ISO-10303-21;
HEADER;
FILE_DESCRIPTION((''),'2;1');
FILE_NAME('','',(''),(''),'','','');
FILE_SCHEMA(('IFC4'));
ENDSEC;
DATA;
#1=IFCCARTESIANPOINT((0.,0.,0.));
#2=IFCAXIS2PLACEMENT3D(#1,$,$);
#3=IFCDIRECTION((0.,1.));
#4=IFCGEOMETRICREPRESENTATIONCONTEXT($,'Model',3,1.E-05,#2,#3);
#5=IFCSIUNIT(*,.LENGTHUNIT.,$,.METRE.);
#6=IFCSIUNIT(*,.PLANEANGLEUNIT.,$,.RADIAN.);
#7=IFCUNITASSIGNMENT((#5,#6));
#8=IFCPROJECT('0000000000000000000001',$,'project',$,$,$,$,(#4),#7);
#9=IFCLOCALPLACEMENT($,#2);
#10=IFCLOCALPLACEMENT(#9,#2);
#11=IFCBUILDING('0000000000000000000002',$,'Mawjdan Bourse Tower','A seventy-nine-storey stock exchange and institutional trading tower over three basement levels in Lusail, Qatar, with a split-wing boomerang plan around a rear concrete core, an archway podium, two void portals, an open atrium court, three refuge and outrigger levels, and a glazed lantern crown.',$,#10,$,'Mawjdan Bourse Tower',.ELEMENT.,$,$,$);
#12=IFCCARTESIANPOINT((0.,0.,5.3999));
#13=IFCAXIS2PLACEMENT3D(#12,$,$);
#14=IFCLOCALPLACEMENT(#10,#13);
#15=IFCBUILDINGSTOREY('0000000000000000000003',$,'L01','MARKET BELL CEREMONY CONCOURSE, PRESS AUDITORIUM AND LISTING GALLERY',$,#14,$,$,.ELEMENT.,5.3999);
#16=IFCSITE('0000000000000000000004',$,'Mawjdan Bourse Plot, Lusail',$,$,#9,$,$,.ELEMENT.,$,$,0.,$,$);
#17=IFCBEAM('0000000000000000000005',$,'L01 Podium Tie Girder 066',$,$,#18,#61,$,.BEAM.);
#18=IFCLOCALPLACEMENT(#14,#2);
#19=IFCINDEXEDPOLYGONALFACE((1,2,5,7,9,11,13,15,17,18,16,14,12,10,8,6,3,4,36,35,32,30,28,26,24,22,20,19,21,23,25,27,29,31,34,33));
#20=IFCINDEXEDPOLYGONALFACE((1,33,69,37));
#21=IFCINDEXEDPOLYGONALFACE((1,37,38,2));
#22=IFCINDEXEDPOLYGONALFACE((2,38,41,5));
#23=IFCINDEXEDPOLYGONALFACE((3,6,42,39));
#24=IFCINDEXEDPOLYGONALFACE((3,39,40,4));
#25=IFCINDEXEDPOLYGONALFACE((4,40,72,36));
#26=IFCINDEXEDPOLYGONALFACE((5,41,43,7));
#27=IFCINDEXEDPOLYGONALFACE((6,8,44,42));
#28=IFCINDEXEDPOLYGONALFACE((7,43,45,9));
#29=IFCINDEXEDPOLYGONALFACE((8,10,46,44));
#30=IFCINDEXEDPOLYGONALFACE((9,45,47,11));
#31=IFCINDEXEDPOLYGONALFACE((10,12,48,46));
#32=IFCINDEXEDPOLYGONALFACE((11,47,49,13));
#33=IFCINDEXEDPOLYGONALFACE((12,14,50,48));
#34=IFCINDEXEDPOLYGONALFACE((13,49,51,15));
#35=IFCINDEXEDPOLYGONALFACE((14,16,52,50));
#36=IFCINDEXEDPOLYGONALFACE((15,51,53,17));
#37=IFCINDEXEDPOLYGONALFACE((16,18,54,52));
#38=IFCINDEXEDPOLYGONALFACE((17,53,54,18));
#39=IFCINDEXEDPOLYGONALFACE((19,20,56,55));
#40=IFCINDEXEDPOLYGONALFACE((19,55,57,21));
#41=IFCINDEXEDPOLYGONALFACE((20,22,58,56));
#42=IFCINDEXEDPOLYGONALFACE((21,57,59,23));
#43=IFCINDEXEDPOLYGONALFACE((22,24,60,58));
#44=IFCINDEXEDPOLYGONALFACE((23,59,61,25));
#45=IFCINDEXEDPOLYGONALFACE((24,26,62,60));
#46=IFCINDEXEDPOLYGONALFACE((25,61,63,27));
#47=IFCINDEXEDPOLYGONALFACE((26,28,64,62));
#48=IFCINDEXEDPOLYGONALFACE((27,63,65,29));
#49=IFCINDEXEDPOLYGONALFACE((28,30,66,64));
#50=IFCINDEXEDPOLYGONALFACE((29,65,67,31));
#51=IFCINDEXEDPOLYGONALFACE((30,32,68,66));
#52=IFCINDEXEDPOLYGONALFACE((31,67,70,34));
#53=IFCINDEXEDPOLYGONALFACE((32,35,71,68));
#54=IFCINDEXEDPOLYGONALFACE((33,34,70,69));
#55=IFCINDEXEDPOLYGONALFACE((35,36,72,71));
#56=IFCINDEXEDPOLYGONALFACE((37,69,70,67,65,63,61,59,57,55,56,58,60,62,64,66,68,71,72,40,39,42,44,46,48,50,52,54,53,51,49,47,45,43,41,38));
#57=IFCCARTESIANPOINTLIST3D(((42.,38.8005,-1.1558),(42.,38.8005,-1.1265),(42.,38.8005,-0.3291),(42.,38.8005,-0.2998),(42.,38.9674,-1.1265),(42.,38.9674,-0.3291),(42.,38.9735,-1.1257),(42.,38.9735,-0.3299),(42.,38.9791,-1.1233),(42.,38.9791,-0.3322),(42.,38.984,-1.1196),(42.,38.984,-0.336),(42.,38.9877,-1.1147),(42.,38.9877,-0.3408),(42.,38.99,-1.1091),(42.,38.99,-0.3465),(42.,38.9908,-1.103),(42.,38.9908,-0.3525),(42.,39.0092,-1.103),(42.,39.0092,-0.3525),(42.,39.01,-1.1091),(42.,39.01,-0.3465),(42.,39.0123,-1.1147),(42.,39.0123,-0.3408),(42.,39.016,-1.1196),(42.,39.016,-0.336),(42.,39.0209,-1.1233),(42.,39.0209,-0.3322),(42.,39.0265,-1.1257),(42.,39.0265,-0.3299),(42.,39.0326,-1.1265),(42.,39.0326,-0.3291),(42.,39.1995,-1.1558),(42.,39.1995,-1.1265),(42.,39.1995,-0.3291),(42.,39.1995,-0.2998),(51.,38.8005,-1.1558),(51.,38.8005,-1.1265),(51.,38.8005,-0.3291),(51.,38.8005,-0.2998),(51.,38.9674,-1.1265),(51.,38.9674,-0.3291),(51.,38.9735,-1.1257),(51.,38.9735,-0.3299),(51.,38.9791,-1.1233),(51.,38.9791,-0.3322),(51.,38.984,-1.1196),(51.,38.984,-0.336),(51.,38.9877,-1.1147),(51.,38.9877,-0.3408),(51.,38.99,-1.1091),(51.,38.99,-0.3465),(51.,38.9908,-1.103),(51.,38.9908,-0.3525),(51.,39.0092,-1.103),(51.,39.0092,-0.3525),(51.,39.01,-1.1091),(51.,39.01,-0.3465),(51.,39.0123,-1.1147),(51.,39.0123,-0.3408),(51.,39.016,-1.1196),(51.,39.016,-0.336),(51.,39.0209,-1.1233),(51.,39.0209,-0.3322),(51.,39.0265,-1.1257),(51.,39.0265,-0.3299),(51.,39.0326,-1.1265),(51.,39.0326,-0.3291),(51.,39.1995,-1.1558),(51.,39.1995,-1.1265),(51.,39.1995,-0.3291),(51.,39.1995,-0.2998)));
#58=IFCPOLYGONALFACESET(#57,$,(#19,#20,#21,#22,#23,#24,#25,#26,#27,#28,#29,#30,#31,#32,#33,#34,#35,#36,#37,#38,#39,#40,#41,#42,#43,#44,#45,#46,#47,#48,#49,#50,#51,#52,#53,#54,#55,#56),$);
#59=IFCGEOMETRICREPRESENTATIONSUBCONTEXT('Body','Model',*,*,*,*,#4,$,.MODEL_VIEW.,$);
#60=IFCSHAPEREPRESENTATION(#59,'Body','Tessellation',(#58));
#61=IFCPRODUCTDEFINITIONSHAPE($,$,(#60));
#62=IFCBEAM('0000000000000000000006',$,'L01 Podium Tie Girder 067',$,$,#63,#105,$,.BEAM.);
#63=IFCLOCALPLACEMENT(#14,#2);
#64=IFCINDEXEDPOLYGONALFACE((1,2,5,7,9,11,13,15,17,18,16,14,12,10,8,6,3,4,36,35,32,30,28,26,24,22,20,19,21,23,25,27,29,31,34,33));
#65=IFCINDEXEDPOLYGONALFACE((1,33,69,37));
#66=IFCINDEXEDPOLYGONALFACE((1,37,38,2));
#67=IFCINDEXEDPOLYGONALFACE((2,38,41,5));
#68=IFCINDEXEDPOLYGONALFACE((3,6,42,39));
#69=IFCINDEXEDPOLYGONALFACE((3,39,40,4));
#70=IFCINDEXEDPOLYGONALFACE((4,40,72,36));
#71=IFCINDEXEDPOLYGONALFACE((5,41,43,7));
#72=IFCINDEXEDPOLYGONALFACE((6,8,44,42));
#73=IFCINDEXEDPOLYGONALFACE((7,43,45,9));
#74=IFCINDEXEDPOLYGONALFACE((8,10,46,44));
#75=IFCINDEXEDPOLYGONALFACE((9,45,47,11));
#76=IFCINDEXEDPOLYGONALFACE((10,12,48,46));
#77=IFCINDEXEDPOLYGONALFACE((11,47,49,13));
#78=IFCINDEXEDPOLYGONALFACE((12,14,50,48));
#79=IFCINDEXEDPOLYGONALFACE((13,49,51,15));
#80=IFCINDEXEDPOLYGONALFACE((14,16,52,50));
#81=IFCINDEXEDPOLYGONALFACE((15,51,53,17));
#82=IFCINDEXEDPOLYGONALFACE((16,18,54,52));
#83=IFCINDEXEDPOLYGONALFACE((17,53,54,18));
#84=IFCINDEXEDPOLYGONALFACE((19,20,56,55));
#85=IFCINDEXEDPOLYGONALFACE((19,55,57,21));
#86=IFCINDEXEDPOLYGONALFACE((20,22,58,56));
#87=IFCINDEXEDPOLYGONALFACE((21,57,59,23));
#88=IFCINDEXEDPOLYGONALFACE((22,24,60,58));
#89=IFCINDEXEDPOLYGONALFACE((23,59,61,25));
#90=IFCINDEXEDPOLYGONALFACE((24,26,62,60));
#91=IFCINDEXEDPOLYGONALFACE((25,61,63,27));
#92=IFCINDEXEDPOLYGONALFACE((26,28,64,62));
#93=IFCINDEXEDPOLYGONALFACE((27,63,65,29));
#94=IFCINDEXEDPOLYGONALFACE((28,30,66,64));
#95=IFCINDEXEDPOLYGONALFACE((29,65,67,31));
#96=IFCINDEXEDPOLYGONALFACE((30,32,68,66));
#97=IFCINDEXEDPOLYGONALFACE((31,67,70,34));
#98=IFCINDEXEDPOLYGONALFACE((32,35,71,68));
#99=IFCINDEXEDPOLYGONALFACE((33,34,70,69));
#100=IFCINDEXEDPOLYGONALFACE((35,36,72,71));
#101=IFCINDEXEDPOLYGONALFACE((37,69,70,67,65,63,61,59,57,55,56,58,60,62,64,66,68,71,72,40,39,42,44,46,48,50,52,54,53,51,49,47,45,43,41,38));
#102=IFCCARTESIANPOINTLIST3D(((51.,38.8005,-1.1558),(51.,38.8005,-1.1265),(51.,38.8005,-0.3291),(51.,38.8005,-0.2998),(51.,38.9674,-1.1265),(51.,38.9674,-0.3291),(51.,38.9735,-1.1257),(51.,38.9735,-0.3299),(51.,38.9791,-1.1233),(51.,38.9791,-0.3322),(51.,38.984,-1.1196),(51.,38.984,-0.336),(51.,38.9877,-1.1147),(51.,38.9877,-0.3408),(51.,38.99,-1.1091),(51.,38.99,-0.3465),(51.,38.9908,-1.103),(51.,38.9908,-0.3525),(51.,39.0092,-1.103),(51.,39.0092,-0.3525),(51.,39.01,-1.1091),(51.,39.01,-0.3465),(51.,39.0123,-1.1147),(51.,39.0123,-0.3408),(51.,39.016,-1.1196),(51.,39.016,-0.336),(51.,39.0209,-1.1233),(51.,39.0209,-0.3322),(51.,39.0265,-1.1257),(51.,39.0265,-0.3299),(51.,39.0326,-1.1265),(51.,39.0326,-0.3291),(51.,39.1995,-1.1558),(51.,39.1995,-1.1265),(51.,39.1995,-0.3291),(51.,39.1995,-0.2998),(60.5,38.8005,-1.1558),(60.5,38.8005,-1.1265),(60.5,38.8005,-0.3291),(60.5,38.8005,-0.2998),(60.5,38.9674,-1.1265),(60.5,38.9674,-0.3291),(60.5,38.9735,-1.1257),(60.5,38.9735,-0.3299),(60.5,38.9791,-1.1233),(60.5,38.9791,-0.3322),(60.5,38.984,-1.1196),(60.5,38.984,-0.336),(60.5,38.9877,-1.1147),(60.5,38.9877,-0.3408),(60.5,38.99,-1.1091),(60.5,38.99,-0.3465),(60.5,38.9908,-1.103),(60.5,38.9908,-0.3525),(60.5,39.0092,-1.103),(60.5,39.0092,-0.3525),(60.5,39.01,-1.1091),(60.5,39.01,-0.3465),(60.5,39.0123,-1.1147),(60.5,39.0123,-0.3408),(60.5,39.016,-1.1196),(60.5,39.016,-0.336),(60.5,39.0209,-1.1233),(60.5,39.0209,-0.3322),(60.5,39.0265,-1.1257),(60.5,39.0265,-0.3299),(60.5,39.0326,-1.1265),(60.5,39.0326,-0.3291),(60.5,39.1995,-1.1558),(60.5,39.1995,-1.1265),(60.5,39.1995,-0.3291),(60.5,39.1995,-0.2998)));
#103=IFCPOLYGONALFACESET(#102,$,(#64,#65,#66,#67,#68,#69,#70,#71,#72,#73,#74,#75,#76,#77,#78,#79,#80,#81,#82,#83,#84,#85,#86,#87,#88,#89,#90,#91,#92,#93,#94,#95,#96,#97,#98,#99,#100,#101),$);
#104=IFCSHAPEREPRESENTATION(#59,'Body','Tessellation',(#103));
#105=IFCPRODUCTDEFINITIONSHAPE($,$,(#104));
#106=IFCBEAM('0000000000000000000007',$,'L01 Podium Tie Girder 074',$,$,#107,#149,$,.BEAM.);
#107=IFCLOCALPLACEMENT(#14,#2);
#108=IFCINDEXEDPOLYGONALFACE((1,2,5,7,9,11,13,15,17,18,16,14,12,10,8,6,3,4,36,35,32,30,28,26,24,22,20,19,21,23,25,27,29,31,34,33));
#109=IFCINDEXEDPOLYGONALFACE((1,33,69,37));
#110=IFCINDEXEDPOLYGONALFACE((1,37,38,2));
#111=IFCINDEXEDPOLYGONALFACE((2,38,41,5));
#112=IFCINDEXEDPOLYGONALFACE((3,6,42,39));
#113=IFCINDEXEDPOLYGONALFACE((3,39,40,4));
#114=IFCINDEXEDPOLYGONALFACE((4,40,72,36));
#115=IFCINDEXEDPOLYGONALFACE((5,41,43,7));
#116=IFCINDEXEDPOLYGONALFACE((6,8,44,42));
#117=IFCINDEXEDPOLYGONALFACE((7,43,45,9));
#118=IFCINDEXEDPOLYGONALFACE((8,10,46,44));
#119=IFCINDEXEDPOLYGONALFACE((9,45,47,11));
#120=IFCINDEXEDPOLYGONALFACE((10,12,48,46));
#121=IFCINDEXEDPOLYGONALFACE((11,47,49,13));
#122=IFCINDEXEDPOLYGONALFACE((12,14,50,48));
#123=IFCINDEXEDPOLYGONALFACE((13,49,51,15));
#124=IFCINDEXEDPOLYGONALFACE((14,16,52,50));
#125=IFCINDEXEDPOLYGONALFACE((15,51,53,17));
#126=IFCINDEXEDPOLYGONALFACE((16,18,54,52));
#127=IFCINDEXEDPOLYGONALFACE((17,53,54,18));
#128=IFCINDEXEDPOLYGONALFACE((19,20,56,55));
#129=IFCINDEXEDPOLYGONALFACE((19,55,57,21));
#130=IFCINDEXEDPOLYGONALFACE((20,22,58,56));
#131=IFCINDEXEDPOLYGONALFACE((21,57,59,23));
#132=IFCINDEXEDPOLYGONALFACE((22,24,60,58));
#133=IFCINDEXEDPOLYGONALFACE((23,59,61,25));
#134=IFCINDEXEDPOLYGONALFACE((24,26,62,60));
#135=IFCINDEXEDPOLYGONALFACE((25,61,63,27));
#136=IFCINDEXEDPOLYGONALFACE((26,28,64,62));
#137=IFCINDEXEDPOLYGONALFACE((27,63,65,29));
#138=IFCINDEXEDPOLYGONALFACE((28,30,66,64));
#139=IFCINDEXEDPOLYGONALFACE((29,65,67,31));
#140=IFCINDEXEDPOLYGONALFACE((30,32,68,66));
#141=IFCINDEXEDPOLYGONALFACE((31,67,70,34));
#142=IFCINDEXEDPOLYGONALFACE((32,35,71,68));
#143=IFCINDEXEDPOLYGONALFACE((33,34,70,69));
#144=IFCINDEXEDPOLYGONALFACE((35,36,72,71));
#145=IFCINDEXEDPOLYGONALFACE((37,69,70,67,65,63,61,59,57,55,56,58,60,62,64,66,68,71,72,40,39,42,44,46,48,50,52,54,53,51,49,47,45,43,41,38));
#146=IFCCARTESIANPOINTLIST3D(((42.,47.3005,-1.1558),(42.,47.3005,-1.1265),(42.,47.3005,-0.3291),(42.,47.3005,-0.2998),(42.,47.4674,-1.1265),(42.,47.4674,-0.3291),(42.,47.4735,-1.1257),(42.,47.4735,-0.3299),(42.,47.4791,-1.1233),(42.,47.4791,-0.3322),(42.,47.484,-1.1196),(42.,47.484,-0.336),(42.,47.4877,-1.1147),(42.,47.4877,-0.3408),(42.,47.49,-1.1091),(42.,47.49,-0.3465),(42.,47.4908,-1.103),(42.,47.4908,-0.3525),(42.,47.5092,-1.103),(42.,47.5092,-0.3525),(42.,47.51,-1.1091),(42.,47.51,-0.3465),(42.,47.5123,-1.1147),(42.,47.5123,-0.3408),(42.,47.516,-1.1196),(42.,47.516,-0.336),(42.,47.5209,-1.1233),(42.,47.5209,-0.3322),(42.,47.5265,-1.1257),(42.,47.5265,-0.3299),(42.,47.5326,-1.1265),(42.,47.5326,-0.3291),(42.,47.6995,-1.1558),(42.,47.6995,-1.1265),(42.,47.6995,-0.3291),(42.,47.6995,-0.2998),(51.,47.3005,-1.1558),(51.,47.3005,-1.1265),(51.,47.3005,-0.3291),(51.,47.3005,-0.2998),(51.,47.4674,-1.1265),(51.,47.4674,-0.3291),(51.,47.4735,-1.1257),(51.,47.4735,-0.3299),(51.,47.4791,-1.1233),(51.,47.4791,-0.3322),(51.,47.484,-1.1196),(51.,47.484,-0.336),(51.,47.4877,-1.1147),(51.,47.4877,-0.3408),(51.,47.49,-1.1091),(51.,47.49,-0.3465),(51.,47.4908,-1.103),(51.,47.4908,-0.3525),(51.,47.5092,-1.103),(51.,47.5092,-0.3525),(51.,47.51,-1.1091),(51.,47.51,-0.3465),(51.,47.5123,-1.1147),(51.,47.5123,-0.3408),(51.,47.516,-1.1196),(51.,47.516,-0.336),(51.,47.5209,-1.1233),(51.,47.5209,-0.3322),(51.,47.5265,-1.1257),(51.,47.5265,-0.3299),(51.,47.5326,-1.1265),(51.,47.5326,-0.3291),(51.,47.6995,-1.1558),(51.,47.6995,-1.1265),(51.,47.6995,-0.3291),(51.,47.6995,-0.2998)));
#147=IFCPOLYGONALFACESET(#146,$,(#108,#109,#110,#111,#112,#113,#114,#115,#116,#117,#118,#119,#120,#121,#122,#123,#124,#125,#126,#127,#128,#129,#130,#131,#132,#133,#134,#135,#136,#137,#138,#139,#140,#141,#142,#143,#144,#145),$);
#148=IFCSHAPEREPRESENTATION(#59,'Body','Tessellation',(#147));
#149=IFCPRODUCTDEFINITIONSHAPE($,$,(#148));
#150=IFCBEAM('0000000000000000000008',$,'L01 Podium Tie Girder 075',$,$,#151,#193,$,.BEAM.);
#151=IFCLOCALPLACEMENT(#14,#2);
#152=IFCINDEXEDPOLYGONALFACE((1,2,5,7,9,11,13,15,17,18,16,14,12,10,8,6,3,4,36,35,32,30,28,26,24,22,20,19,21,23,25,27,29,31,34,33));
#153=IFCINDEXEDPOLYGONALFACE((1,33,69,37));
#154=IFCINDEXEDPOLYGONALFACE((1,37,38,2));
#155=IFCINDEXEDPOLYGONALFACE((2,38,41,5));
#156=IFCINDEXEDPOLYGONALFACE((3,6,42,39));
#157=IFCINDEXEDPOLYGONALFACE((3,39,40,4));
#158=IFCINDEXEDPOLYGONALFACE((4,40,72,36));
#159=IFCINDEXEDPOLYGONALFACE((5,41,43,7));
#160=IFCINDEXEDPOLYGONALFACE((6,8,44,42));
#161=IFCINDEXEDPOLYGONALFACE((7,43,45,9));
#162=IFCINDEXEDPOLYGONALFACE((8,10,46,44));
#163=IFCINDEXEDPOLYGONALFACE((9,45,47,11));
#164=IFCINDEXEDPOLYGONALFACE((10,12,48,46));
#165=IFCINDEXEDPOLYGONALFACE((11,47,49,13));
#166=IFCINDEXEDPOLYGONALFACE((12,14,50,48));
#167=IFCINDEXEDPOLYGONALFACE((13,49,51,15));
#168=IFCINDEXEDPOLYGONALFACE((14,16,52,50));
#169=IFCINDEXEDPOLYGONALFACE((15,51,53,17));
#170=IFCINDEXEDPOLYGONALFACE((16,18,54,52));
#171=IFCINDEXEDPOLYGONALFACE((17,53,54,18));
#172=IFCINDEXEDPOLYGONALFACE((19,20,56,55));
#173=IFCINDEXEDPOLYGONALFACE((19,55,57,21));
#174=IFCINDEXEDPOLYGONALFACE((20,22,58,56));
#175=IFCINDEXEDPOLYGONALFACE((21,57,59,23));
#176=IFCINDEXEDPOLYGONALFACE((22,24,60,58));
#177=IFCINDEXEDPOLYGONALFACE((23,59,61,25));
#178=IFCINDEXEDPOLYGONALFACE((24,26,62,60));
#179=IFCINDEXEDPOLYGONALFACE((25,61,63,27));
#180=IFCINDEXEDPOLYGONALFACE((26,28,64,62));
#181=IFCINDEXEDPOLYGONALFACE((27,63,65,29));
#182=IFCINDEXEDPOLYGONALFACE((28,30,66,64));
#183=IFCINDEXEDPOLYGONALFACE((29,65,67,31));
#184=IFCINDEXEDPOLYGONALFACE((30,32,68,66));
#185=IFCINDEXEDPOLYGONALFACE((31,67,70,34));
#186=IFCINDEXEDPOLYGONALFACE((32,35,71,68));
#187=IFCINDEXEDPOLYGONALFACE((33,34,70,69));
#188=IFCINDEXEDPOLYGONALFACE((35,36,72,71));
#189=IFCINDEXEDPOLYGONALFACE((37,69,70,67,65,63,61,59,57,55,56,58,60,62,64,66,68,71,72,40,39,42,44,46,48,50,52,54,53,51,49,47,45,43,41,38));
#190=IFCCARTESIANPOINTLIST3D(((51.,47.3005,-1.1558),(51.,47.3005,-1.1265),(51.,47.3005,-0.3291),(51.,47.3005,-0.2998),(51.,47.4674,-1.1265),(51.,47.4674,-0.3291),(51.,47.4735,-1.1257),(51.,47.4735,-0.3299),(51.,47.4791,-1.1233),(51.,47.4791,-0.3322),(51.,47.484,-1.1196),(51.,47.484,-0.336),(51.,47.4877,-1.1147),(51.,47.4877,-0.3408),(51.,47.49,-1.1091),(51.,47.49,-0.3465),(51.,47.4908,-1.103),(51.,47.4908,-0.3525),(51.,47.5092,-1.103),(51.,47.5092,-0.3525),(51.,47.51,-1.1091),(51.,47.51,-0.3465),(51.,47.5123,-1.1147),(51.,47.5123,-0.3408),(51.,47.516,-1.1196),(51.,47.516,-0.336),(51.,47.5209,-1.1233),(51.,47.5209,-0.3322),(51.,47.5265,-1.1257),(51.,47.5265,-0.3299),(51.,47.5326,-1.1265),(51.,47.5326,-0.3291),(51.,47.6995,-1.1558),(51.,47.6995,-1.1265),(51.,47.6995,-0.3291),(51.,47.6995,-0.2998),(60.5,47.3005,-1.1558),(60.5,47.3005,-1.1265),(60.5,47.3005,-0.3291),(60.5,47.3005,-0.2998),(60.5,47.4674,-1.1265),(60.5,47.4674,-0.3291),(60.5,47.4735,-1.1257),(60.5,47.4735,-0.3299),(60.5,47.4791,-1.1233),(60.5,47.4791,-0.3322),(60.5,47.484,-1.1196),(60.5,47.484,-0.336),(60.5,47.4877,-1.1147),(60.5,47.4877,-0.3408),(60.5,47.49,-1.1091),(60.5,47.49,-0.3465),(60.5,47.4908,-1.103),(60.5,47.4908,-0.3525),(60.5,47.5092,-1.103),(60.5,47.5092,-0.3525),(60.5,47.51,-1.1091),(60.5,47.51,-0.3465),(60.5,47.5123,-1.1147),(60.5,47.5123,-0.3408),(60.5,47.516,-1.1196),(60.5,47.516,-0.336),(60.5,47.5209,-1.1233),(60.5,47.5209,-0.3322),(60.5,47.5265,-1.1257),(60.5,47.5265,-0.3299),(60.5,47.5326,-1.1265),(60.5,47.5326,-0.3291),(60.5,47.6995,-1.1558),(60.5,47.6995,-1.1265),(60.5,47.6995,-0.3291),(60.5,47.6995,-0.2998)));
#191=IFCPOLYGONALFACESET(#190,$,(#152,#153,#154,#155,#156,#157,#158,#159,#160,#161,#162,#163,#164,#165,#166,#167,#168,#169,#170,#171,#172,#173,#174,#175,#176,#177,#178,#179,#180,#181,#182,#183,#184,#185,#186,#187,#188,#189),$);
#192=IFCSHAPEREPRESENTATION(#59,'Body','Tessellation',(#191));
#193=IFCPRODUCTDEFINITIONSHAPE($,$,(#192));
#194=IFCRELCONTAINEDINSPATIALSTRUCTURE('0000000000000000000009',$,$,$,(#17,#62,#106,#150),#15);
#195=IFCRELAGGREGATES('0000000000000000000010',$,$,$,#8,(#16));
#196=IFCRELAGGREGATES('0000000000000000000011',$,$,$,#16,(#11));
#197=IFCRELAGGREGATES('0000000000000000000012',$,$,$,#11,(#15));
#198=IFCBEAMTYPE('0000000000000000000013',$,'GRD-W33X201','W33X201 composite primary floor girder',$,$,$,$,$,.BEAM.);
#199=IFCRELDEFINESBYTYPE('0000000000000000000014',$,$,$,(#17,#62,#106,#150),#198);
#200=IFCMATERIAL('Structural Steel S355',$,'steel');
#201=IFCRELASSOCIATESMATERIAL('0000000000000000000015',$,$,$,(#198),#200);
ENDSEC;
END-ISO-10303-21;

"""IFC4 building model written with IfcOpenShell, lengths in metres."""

from ifc_helpers import new_model, si_unit, direction, frame, origin, origin_2d, place, context, subcontext, project, spatial, i_section, extrude, material, material_profile, profile_set, type_object, element, save


model = new_model("IFC4")

# Units and contexts
model_context = context("Model", 3, precision=1e-05, world=origin(), true_north=direction((0.0, 1.0)))
body_context = subcontext(model_context, "Body", "Model", "MODEL_VIEW")
ifc_project = project(units=[si_unit("LENGTHUNIT", "METRE"), si_unit("PLANEANGLEUNIT", "RADIAN")], contexts=[model_context])

# Site, building, storey
site_placement = place(None, origin())
site = spatial("IfcSite", under=ifc_project, at=site_placement, Name="Mawjdan Bourse Plot, Lusail", CompositionType="ELEMENT", RefElevation=0.0)
building_placement = place(site_placement, origin())
building = spatial("IfcBuilding", under=site, at=building_placement, Name="Mawjdan Bourse Tower", Description="A seventy-nine-storey stock exchange and institutional trading tower over three basement levels in Lusail, Qatar, with a split-wing boomerang plan around a rear concrete core, an archway podium, two void portals, an open atrium court, three refuge and outrigger levels, and a glazed lantern crown.", LongName="Mawjdan Bourse Tower", CompositionType="ELEMENT")
storey_placement = place(building_placement, frame((0.0, 0.0, 5.3999)))
storey = spatial("IfcBuildingStorey", under=building, at=storey_placement, Name="L01", Description="MARKET BELL CEREMONY CONCOURSE, PRESS AUDITORIUM AND LISTING GALLERY", CompositionType="ELEMENT", Elevation=5.3999)

# Beams
ifc_material_1 = material(Name="Structural Steel S355", Category="steel")
ifc_material_profile_1 = material_profile(ifc_material_1, i_section(OverallWidth=0.3989, OverallDepth=0.856, WebThickness=0.0183, FlangeThickness=0.0293, FilletRadius=0.0234, at=origin_2d()), Name="W33X201")
ifc_profile_set_1 = profile_set([ifc_material_profile_1], Name="Structural Steel S355")
beam_type_1 = type_object("IfcBeamType", Name="GRD-W33X201", Description="W33X201 composite primary floor girder", PredefinedType="BEAM", material=ifc_profile_set_1)
beam_1_placement = place(storey_placement, frame((42.0, 39.0, -0.7278), z_axis=(1.0, 0.0, 0.0), x_axis=(0.0, 1.0, 0.0)))
element("IfcBeam", 1, at=beam_1_placement, inside=storey, type_object=beam_type_1, Name="L01 Podium Tie Girder 066", PredefinedType="BEAM", context=body_context, shape_type="SweptSolid", body=[
    extrude(i_section(OverallWidth=0.3989, OverallDepth=0.856, WebThickness=0.0183, FlangeThickness=0.0293, FilletRadius=0.0234, at=origin_2d()), origin(), (0.0, 0.0, 1.0), 9.0),
])
beam_2_placement = place(storey_placement, frame((51.0, 39.0, -0.7278), z_axis=(1.0, 0.0, 0.0), x_axis=(0.0, 1.0, 0.0)))
element("IfcBeam", 2, at=beam_2_placement, inside=storey, type_object=beam_type_1, Name="L01 Podium Tie Girder 067", PredefinedType="BEAM", context=body_context, shape_type="SweptSolid", body=[
    extrude(i_section(OverallWidth=0.3989, OverallDepth=0.856, WebThickness=0.0183, FlangeThickness=0.0293, FilletRadius=0.0234, at=origin_2d()), origin(), (0.0, 0.0, 1.0), 9.5),
])
beam_3_placement = place(storey_placement, frame((42.0, 47.5, -0.7278), z_axis=(1.0, 0.0, 0.0), x_axis=(0.0, 1.0, 0.0)))
element("IfcBeam", 3, at=beam_3_placement, inside=storey, type_object=beam_type_1, Name="L01 Podium Tie Girder 074", PredefinedType="BEAM", context=body_context, shape_type="SweptSolid", body=[
    extrude(i_section(OverallWidth=0.3989, OverallDepth=0.856, WebThickness=0.0183, FlangeThickness=0.0293, FilletRadius=0.0234, at=origin_2d()), origin(), (0.0, 0.0, 1.0), 9.0),
])
beam_4_placement = place(storey_placement, frame((51.0, 47.5, -0.7278), z_axis=(1.0, 0.0, 0.0), x_axis=(0.0, 1.0, 0.0)))
element("IfcBeam", 4, at=beam_4_placement, inside=storey, type_object=beam_type_1, Name="L01 Podium Tie Girder 075", PredefinedType="BEAM", context=body_context, shape_type="SweptSolid", body=[
    extrude(i_section(OverallWidth=0.3989, OverallDepth=0.856, WebThickness=0.0183, FlangeThickness=0.0293, FilletRadius=0.0234, at=origin_2d()), origin(), (0.0, 0.0, 1.0), 9.5),
])

save(model, "model.ifc")
